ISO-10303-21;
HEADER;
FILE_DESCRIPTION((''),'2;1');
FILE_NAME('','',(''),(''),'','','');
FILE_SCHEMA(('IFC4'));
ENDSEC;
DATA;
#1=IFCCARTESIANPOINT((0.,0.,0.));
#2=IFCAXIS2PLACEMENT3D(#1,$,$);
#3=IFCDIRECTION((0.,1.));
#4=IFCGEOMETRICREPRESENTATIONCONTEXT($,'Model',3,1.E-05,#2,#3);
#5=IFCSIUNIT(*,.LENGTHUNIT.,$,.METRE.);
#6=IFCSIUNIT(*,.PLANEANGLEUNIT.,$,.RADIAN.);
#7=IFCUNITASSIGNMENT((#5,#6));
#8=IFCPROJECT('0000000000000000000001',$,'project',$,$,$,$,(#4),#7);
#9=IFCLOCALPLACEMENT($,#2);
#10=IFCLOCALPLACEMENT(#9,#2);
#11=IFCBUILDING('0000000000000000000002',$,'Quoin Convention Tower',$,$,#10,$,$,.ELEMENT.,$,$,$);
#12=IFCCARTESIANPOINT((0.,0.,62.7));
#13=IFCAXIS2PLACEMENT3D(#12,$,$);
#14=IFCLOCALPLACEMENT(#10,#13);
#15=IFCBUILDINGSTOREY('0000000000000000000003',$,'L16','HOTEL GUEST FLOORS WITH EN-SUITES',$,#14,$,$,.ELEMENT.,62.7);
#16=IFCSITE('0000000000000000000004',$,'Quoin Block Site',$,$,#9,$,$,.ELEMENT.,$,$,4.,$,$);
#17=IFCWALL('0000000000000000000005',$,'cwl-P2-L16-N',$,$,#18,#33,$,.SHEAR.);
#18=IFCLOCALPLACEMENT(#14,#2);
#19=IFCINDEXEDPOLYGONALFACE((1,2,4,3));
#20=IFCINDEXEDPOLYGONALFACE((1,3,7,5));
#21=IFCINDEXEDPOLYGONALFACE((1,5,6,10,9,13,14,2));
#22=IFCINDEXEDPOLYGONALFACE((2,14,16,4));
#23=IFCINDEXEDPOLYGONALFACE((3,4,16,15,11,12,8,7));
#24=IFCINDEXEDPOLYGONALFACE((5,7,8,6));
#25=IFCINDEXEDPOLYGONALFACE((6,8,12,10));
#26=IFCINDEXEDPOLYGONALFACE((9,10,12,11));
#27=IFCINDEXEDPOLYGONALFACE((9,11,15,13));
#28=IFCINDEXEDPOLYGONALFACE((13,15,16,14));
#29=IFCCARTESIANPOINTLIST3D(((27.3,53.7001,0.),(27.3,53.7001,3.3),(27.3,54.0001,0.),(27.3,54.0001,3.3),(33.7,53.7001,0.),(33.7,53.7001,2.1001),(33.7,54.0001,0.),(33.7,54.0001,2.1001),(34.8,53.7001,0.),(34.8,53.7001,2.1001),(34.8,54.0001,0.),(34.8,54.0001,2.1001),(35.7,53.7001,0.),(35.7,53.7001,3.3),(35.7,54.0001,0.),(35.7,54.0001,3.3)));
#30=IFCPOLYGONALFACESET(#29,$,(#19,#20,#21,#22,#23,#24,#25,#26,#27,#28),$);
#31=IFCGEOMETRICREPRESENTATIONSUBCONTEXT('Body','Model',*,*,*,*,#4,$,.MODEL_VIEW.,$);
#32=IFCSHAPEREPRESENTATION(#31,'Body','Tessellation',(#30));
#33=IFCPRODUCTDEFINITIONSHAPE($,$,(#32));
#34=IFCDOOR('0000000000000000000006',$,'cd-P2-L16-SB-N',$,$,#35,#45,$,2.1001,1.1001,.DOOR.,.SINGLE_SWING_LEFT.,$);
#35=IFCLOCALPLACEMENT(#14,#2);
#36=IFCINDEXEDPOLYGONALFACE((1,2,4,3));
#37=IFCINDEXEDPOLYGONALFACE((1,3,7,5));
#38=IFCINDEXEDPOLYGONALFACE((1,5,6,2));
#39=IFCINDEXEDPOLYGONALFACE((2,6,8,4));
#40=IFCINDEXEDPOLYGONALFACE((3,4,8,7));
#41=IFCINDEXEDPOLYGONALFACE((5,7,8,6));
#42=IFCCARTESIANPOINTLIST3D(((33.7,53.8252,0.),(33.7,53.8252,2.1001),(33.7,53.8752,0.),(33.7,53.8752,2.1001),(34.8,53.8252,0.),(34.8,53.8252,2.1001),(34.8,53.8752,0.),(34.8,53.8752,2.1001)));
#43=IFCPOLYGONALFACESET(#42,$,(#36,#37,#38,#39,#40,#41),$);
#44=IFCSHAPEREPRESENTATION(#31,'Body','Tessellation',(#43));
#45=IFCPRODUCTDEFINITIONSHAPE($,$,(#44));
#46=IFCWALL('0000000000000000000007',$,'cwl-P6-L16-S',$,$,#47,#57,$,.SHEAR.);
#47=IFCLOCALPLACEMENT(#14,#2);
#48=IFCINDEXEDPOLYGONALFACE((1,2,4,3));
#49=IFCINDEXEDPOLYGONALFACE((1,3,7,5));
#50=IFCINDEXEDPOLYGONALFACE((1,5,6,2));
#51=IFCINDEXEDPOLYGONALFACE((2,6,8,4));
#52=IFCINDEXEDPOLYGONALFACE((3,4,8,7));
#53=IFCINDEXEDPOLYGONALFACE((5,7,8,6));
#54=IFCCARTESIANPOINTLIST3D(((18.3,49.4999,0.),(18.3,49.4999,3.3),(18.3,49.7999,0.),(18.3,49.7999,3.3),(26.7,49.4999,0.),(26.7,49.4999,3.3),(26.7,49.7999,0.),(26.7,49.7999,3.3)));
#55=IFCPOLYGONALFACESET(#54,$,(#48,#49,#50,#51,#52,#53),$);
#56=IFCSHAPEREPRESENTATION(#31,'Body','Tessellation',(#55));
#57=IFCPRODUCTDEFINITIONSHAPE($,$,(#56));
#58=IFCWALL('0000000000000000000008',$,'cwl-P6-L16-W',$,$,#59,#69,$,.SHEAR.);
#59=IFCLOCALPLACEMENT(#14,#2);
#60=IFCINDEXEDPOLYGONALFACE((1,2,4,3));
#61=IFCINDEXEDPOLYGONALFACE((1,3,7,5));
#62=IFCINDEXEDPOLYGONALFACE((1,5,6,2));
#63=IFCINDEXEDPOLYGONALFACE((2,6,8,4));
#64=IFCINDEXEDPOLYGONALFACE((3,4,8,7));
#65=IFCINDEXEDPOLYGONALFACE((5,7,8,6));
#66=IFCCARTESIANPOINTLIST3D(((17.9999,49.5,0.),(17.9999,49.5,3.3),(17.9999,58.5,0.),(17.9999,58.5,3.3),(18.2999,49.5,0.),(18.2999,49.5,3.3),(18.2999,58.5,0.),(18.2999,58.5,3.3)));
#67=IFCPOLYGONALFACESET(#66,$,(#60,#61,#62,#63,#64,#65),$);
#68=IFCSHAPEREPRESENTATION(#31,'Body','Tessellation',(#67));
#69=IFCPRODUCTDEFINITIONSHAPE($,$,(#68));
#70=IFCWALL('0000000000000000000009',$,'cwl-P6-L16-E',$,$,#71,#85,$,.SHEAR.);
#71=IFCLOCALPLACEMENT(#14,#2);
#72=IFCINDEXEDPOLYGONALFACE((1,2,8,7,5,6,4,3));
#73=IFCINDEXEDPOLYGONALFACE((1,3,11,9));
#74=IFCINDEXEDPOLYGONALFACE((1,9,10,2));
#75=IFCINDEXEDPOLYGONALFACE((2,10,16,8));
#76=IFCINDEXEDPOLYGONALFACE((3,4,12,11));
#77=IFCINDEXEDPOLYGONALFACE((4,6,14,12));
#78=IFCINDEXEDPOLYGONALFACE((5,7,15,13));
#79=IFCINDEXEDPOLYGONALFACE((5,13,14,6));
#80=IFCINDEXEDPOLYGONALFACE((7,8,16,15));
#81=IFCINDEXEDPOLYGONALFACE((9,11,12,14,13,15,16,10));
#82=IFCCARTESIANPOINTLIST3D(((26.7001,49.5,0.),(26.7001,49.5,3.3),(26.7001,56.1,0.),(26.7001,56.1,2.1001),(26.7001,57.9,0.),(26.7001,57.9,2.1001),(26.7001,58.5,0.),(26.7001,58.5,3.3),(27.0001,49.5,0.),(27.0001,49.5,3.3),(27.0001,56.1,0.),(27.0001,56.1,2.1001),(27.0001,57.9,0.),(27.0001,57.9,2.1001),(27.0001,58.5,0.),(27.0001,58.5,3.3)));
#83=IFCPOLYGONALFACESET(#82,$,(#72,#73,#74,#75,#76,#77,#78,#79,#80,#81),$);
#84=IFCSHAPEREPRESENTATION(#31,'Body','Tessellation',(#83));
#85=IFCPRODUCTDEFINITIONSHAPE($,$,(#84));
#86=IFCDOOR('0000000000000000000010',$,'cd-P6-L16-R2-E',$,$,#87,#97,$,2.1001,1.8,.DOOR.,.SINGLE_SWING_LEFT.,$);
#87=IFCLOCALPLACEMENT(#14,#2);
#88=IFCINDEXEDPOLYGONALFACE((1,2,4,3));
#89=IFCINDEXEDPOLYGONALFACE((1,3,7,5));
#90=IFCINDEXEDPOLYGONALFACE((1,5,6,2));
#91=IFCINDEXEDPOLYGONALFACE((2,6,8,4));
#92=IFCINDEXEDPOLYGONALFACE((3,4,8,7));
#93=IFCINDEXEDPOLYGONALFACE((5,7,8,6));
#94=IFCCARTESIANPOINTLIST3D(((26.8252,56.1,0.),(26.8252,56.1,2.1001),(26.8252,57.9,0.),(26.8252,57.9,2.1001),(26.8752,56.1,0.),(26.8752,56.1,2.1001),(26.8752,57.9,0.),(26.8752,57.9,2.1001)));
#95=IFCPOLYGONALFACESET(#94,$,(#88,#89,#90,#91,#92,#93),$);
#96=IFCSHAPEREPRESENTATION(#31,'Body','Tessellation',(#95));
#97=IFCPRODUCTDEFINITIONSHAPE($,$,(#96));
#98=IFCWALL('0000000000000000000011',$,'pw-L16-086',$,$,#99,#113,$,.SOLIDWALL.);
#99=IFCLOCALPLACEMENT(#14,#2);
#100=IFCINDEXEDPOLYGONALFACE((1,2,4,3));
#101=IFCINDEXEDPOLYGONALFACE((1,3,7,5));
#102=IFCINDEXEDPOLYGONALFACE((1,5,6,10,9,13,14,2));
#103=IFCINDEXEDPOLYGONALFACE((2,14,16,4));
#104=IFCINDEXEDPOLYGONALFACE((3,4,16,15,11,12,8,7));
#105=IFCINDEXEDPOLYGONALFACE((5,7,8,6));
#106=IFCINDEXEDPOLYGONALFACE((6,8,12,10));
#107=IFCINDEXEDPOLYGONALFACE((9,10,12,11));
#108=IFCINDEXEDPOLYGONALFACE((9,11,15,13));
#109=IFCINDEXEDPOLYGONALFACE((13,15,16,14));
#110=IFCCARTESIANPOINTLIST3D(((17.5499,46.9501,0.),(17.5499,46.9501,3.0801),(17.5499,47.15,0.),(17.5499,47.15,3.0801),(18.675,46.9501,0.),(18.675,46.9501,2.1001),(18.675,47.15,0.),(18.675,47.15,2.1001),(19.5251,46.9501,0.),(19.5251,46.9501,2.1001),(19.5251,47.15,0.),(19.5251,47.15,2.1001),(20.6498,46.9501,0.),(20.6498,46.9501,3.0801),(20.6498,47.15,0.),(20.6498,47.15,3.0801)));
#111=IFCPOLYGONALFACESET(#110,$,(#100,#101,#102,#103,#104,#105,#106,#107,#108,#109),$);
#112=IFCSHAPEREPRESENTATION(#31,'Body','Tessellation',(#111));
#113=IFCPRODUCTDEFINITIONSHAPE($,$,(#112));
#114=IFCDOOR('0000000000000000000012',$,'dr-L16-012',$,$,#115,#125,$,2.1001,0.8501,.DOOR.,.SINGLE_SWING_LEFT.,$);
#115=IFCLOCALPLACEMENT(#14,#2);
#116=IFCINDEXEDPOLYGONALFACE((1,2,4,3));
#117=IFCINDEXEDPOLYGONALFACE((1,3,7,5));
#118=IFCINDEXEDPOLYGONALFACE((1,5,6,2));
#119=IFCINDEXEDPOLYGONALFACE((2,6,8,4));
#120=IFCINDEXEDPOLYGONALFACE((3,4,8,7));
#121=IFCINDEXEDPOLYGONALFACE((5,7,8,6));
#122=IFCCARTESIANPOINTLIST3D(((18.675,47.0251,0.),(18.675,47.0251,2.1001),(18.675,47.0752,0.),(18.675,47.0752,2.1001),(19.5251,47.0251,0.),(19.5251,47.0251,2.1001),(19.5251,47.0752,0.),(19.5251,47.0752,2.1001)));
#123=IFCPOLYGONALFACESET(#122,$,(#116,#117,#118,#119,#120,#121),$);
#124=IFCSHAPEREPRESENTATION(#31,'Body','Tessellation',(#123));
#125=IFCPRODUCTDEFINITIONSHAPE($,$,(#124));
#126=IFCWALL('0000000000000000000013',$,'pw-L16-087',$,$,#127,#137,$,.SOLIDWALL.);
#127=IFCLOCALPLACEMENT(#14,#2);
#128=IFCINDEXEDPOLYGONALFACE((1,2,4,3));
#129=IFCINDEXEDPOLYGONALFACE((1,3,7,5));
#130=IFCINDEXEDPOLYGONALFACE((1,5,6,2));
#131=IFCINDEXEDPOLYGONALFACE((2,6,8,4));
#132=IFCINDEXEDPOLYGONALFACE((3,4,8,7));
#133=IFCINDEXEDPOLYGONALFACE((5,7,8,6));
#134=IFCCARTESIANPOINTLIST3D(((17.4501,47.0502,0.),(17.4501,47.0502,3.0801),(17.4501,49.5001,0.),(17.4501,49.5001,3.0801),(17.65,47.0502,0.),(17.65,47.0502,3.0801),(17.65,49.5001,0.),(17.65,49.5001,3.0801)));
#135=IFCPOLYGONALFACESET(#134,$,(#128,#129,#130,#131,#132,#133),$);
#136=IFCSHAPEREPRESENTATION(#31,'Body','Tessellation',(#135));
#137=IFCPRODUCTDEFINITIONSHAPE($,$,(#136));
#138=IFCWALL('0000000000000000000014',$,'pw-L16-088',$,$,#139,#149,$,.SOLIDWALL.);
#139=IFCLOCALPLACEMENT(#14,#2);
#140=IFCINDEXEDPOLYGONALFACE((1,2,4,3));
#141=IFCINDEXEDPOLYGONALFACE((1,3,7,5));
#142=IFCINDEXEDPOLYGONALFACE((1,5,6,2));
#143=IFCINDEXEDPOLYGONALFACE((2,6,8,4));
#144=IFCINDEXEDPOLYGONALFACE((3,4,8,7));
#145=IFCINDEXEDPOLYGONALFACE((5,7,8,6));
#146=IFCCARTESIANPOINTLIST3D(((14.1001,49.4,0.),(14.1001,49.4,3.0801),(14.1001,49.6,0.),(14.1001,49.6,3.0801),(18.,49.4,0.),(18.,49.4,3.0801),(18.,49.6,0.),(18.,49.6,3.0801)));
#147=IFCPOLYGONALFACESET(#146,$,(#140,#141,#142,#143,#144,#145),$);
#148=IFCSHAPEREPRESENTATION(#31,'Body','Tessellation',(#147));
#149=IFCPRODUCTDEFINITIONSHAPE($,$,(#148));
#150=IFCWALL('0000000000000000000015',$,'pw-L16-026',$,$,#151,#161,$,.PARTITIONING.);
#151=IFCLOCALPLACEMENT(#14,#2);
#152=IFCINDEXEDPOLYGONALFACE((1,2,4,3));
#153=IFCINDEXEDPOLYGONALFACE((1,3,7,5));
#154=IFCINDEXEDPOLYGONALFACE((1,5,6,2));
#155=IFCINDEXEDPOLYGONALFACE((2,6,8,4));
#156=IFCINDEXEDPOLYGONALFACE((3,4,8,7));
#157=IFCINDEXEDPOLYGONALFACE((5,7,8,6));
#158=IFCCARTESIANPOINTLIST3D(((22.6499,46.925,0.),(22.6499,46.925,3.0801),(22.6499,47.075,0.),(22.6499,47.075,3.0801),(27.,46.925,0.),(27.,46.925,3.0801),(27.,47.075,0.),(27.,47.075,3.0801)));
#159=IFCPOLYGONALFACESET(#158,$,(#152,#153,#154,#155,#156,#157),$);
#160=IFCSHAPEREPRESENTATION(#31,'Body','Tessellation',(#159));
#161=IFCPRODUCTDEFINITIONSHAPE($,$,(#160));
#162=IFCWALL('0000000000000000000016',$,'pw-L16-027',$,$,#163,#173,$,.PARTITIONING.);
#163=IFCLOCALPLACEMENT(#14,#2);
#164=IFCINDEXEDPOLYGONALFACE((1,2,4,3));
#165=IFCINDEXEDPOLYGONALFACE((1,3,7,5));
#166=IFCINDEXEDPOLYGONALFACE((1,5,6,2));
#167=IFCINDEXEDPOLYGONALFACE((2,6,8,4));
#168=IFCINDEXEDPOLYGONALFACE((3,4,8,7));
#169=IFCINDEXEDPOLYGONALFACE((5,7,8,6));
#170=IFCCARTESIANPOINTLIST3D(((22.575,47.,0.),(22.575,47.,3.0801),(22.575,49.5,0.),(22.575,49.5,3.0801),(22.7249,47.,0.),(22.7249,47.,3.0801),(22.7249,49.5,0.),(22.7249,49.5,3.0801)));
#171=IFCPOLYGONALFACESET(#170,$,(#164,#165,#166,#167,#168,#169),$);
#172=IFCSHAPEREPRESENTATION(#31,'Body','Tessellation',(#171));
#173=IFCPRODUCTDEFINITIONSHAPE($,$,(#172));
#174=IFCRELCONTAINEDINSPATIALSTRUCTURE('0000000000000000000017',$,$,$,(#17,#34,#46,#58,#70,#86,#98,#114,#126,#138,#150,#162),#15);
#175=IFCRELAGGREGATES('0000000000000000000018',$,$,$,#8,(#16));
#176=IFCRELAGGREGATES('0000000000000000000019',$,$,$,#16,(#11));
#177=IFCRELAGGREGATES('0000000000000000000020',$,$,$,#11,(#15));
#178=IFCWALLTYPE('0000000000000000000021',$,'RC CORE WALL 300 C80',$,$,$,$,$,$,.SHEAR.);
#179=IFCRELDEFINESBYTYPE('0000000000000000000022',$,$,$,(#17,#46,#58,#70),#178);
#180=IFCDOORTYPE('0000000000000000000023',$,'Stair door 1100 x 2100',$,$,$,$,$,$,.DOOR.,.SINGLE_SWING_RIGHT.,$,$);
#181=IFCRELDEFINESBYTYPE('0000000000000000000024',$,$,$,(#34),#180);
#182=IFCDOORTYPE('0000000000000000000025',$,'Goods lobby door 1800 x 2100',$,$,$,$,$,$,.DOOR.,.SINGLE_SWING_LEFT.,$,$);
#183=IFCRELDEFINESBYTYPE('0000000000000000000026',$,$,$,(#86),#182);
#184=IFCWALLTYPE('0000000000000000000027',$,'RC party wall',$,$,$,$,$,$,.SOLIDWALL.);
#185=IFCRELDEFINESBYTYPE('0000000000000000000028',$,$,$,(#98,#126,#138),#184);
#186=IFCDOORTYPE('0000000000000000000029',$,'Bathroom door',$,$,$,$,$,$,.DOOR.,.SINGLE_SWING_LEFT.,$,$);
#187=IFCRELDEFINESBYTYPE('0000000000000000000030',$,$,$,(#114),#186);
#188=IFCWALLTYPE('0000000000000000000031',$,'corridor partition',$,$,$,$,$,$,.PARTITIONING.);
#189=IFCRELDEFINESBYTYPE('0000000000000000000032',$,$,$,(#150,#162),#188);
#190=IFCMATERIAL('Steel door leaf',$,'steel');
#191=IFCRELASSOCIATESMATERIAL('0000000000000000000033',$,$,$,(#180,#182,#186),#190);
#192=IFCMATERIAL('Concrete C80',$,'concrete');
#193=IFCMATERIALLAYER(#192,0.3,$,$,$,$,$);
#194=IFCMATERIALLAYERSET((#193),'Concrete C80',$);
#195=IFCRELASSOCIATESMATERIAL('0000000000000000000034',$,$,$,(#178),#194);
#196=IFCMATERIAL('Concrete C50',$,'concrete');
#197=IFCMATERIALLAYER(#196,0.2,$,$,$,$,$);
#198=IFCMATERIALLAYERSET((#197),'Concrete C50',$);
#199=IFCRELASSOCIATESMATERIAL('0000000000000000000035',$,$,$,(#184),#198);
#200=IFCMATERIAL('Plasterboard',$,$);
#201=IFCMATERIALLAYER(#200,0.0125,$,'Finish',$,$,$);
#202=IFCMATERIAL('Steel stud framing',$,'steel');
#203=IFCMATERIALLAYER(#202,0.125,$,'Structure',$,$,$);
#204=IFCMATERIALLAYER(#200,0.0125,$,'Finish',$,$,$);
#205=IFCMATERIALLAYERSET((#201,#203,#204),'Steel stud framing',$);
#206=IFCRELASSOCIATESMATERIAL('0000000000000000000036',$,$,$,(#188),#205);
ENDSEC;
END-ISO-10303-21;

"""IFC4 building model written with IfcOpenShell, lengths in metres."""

from ifc_helpers import new_model, si_unit, direction, frame, frame_2d, origin, place, context, subcontext, project, spatial, rectangle, extrude, material, layer, layer_set, type_object, element, fill, save


model = new_model("IFC4")

# Units and contexts
model_context = context("Model", 3, precision=1e-05, world=origin(), true_north=direction((0.0, 1.0)))
body_context = subcontext(model_context, "Body", "Model", "MODEL_VIEW")
ifc_project = project(units=[si_unit("LENGTHUNIT", "METRE"), si_unit("PLANEANGLEUNIT", "RADIAN")], contexts=[model_context])

# Site, building, storey
site_placement = place(None, origin())
site = spatial("IfcSite", under=ifc_project, at=site_placement, Name="Quoin Block Site", CompositionType="ELEMENT", RefElevation=4.0)
building_placement = place(site_placement, origin())
building = spatial("IfcBuilding", under=site, at=building_placement, Name="Quoin Convention Tower", CompositionType="ELEMENT")
storey_placement = place(building_placement, frame((0.0, 0.0, 62.7)))
storey = spatial("IfcBuildingStorey", under=building, at=storey_placement, Name="L16", Description="HOTEL GUEST FLOORS WITH EN-SUITES", CompositionType="ELEMENT", Elevation=62.7)

# Shared definitions
ifc_material_1 = material(Name="Concrete C80", Category="concrete")

# Shared definitions
ifc_material_2 = material(Name="Concrete C50", Category="concrete")

# Shared definitions
ifc_material_3 = material(Name="Steel door leaf", Category="steel")
door_type_1 = type_object("IfcDoorType", Name="Stair door 1100 x 2100", OperationType="SINGLE_SWING_RIGHT", PredefinedType="DOOR", material=ifc_material_3)

# Wall, opening, door
ifc_layer_1 = layer(ifc_material_1, 0.3)
ifc_layer_set_1 = layer_set([ifc_layer_1], Name="Concrete C80")
wall_type_1 = type_object("IfcWallType", Name="RC CORE WALL 300 C80", PredefinedType="SHEAR", material=ifc_layer_set_1)
wall_1_placement = place(storey_placement, frame((27.3, 53.8501, 0.0), z_axis=(0.0, 0.0, 1.0), x_axis=(1.0, 0.0, 0.0)))
wall_1 = element("IfcWall", 1, at=wall_1_placement, inside=storey, type_object=wall_type_1, Name="cwl-P2-L16-N", PredefinedType="SHEAR", context=body_context, shape_type="SweptSolid", body=[
    extrude(rectangle(XDim=8.3999, YDim=0.3, at=frame_2d((4.2, 0.0))), origin(), (0.0, 0.0, 1.0), 3.3),
])
opening_1_placement = place(wall_1_placement, frame((6.3999, 0.0, 0.0)))
opening_1 = element("IfcOpeningElement", 2, at=opening_1_placement, cuts=wall_1, PredefinedType="OPENING", context=body_context, shape_type="SweptSolid", body=[
    extrude(rectangle(XDim=1.1001, YDim=2.1001, at=frame_2d((0.55, 1.05))), frame((0.0, 0.1599, 0.0), z_axis=(0.0, -1.0, 0.0), x_axis=(1.0, 0.0, 0.0)), (0.0, 0.0, 1.0), 0.3201),
])
door_1_placement = place(opening_1_placement, frame((1.1001, 0.0, 0.0), z_axis=(0.0, 0.0, 1.0), x_axis=(-1.0, 0.0, 0.0)))
door_1 = element("IfcDoor", 3, at=door_1_placement, inside=storey, type_object=door_type_1, Name="cd-P2-L16-SB-N", OperationType="SINGLE_SWING_LEFT", OverallHeight=2.1001, OverallWidth=1.1001, PredefinedType="DOOR", context=body_context, shape_type="SweptSolid", body=[
    extrude(rectangle(XDim=1.1001, YDim=2.1001, at=frame_2d((0.55, 1.05))), frame((0.0, 0.0249, 0.0), z_axis=(0.0, -1.0, 0.0), x_axis=(1.0, 0.0, 0.0)), (0.0, 0.0, 1.0), 0.05),
])
fill(opening_1, door_1)

# Walls
wall_2_placement = place(storey_placement, frame((18.3, 49.6499, 0.0), z_axis=(0.0, 0.0, 1.0), x_axis=(1.0, 0.0, 0.0)))
element("IfcWall", 4, at=wall_2_placement, inside=storey, type_object=wall_type_1, Name="cwl-P6-L16-S", PredefinedType="SHEAR", context=body_context, shape_type="SweptSolid", body=[
    extrude(rectangle(XDim=8.3999, YDim=0.3, at=frame_2d((4.2, 0.0))), origin(), (0.0, 0.0, 1.0), 3.3),
])
wall_3_placement = place(storey_placement, frame((18.1499, 49.5, 0.0), z_axis=(0.0, 0.0, 1.0), x_axis=(0.0, 1.0, 0.0)))
element("IfcWall", 5, at=wall_3_placement, inside=storey, type_object=wall_type_1, Name="cwl-P6-L16-W", PredefinedType="SHEAR", context=body_context, shape_type="SweptSolid", body=[
    extrude(rectangle(XDim=9.0, YDim=0.3, at=frame_2d((4.5, 0.0))), origin(), (0.0, 0.0, 1.0), 3.3),
])

# Walls, openings, doors
wall_4_placement = place(storey_placement, frame((26.8501, 49.5, 0.0), z_axis=(0.0, 0.0, 1.0), x_axis=(0.0, 1.0, 0.0)))
wall_4 = element("IfcWall", 6, at=wall_4_placement, inside=storey, type_object=wall_type_1, Name="cwl-P6-L16-E", PredefinedType="SHEAR", context=body_context, shape_type="SweptSolid", body=[
    extrude(rectangle(XDim=9.0, YDim=0.3, at=frame_2d((4.5, 0.0))), origin(), (0.0, 0.0, 1.0), 3.3),
])
opening_2_placement = place(wall_4_placement, frame((6.6001, 0.0, 0.0)))
opening_2 = element("IfcOpeningElement", 7, at=opening_2_placement, cuts=wall_4, PredefinedType="OPENING", context=body_context, shape_type="SweptSolid", body=[
    extrude(rectangle(XDim=1.8, YDim=2.1001, at=frame_2d((0.8999, 1.05))), frame((0.0, 0.1599, 0.0), z_axis=(0.0, -1.0, 0.0), x_axis=(1.0, 0.0, 0.0)), (0.0, 0.0, 1.0), 0.3201),
])
door_type_2 = type_object("IfcDoorType", Name="Goods lobby door 1800 x 2100", OperationType="SINGLE_SWING_LEFT", PredefinedType="DOOR", material=ifc_material_3)
door_2_placement = place(opening_2_placement, origin())
door_2 = element("IfcDoor", 8, at=door_2_placement, inside=storey, type_object=door_type_2, Name="cd-P6-L16-R2-E", OperationType="SINGLE_SWING_LEFT", OverallHeight=2.1001, OverallWidth=1.8, PredefinedType="DOOR", context=body_context, shape_type="SweptSolid", body=[
    extrude(rectangle(XDim=1.8, YDim=2.1001, at=frame_2d((0.8999, 1.05))), frame((0.0, 0.0249, 0.0), z_axis=(0.0, -1.0, 0.0), x_axis=(1.0, 0.0, 0.0)), (0.0, 0.0, 1.0), 0.05),
])
fill(opening_2, door_2)
ifc_layer_2 = layer(ifc_material_2, 0.2)
ifc_layer_set_2 = layer_set([ifc_layer_2], Name="Concrete C50")
wall_type_2 = type_object("IfcWallType", Name="RC party wall", PredefinedType="SOLIDWALL", material=ifc_layer_set_2)
wall_5_placement = place(storey_placement, frame((17.55, 47.05, 0.0), z_axis=(0.0, 0.0, 1.0), x_axis=(1.0, 0.0, 0.0)))
wall_5 = element("IfcWall", 9, at=wall_5_placement, inside=storey, type_object=wall_type_2, Name="pw-L16-086", PredefinedType="SOLIDWALL", context=body_context, shape_type="SweptSolid", body=[
    extrude(rectangle(XDim=3.0999, YDim=0.2, at=frame_2d((1.5498, 0.0))), origin(), (0.0, 0.0, 1.0), 3.0801),
])
opening_3_placement = place(wall_5_placement, frame((1.125, 0.0, 0.0)))
opening_3 = element("IfcOpeningElement", 10, at=opening_3_placement, cuts=wall_5, PredefinedType="OPENING", context=body_context, shape_type="SweptSolid", body=[
    extrude(rectangle(XDim=0.8501, YDim=2.1001, at=frame_2d((0.425, 1.05))), frame((0.0, 0.1099, 0.0), z_axis=(0.0, -1.0, 0.0), x_axis=(1.0, 0.0, 0.0)), (0.0, 0.0, 1.0), 0.22),
])
door_type_3 = type_object("IfcDoorType", Name="Bathroom door", OperationType="SINGLE_SWING_LEFT", PredefinedType="DOOR", material=ifc_material_3)
door_3_placement = place(opening_3_placement, frame((0.8501, 0.0, 0.0), z_axis=(0.0, 0.0, 1.0), x_axis=(-1.0, 0.0, 0.0)))
door_3 = element("IfcDoor", 11, at=door_3_placement, inside=storey, type_object=door_type_3, Name="dr-L16-012", OperationType="SINGLE_SWING_LEFT", OverallHeight=2.1001, OverallWidth=0.8501, PredefinedType="DOOR", context=body_context, shape_type="SweptSolid", body=[
    extrude(rectangle(XDim=0.8501, YDim=2.1001, at=frame_2d((0.425, 1.05))), frame((0.0, 0.0249, 0.0), z_axis=(0.0, -1.0, 0.0), x_axis=(1.0, 0.0, 0.0)), (0.0, 0.0, 1.0), 0.05),
])
fill(opening_3, door_3)

# Walls
wall_6_placement = place(storey_placement, frame((17.55, 47.05, 0.0), z_axis=(0.0, 0.0, 1.0), x_axis=(0.0, 1.0, 0.0)))
element("IfcWall", 12, at=wall_6_placement, inside=storey, type_object=wall_type_2, Name="pw-L16-087", PredefinedType="SOLIDWALL", context=body_context, shape_type="SweptSolid", body=[
    extrude(rectangle(XDim=2.45, YDim=0.2, at=frame_2d((1.2251, 0.0))), origin(), (0.0, 0.0, 1.0), 3.0801),
])
wall_7_placement = place(storey_placement, frame((14.1001, 49.5, 0.0), z_axis=(0.0, 0.0, 1.0), x_axis=(1.0, 0.0, 0.0)))
element("IfcWall", 13, at=wall_7_placement, inside=storey, type_object=wall_type_2, Name="pw-L16-088", PredefinedType="SOLIDWALL", context=body_context, shape_type="SweptSolid", body=[
    extrude(rectangle(XDim=3.8999, YDim=0.2, at=frame_2d((1.95, 0.0))), origin(), (0.0, 0.0, 1.0), 3.0801),
])
ifc_material_4 = material(Name="Plasterboard")
ifc_layer_3 = layer(ifc_material_4, 0.0125, Name="Finish")
ifc_material_5 = material(Name="Steel stud framing", Category="steel")
ifc_layer_4 = layer(ifc_material_5, 0.125, Name="Structure")
ifc_layer_5 = layer(ifc_material_4, 0.0125, Name="Finish")
ifc_layer_set_3 = layer_set([ifc_layer_3, ifc_layer_4, ifc_layer_5], Name="Steel stud framing")
wall_type_3 = type_object("IfcWallType", Name="corridor partition", PredefinedType="PARTITIONING", material=ifc_layer_set_3)
wall_8_placement = place(storey_placement, frame((22.6499, 47.0, 0.0), z_axis=(0.0, 0.0, 1.0), x_axis=(1.0, 0.0, 0.0)))
element("IfcWall", 14, at=wall_8_placement, inside=storey, type_object=wall_type_3, Name="pw-L16-026", PredefinedType="PARTITIONING", context=body_context, shape_type="SweptSolid", body=[
    extrude(rectangle(XDim=4.3501, YDim=0.1499, at=frame_2d((2.175, 0.0))), origin(), (0.0, 0.0, 1.0), 3.0801),
])
wall_9_placement = place(storey_placement, frame((22.6499, 47.0, 0.0), z_axis=(0.0, 0.0, 1.0), x_axis=(0.0, 1.0, 0.0)))
element("IfcWall", 15, at=wall_9_placement, inside=storey, type_object=wall_type_3, Name="pw-L16-027", PredefinedType="PARTITIONING", context=body_context, shape_type="SweptSolid", body=[
    extrude(rectangle(XDim=2.5, YDim=0.1499, at=frame_2d((1.25, 0.0))), origin(), (0.0, 0.0, 1.0), 3.0801),
])

save(model, "model.ifc")
